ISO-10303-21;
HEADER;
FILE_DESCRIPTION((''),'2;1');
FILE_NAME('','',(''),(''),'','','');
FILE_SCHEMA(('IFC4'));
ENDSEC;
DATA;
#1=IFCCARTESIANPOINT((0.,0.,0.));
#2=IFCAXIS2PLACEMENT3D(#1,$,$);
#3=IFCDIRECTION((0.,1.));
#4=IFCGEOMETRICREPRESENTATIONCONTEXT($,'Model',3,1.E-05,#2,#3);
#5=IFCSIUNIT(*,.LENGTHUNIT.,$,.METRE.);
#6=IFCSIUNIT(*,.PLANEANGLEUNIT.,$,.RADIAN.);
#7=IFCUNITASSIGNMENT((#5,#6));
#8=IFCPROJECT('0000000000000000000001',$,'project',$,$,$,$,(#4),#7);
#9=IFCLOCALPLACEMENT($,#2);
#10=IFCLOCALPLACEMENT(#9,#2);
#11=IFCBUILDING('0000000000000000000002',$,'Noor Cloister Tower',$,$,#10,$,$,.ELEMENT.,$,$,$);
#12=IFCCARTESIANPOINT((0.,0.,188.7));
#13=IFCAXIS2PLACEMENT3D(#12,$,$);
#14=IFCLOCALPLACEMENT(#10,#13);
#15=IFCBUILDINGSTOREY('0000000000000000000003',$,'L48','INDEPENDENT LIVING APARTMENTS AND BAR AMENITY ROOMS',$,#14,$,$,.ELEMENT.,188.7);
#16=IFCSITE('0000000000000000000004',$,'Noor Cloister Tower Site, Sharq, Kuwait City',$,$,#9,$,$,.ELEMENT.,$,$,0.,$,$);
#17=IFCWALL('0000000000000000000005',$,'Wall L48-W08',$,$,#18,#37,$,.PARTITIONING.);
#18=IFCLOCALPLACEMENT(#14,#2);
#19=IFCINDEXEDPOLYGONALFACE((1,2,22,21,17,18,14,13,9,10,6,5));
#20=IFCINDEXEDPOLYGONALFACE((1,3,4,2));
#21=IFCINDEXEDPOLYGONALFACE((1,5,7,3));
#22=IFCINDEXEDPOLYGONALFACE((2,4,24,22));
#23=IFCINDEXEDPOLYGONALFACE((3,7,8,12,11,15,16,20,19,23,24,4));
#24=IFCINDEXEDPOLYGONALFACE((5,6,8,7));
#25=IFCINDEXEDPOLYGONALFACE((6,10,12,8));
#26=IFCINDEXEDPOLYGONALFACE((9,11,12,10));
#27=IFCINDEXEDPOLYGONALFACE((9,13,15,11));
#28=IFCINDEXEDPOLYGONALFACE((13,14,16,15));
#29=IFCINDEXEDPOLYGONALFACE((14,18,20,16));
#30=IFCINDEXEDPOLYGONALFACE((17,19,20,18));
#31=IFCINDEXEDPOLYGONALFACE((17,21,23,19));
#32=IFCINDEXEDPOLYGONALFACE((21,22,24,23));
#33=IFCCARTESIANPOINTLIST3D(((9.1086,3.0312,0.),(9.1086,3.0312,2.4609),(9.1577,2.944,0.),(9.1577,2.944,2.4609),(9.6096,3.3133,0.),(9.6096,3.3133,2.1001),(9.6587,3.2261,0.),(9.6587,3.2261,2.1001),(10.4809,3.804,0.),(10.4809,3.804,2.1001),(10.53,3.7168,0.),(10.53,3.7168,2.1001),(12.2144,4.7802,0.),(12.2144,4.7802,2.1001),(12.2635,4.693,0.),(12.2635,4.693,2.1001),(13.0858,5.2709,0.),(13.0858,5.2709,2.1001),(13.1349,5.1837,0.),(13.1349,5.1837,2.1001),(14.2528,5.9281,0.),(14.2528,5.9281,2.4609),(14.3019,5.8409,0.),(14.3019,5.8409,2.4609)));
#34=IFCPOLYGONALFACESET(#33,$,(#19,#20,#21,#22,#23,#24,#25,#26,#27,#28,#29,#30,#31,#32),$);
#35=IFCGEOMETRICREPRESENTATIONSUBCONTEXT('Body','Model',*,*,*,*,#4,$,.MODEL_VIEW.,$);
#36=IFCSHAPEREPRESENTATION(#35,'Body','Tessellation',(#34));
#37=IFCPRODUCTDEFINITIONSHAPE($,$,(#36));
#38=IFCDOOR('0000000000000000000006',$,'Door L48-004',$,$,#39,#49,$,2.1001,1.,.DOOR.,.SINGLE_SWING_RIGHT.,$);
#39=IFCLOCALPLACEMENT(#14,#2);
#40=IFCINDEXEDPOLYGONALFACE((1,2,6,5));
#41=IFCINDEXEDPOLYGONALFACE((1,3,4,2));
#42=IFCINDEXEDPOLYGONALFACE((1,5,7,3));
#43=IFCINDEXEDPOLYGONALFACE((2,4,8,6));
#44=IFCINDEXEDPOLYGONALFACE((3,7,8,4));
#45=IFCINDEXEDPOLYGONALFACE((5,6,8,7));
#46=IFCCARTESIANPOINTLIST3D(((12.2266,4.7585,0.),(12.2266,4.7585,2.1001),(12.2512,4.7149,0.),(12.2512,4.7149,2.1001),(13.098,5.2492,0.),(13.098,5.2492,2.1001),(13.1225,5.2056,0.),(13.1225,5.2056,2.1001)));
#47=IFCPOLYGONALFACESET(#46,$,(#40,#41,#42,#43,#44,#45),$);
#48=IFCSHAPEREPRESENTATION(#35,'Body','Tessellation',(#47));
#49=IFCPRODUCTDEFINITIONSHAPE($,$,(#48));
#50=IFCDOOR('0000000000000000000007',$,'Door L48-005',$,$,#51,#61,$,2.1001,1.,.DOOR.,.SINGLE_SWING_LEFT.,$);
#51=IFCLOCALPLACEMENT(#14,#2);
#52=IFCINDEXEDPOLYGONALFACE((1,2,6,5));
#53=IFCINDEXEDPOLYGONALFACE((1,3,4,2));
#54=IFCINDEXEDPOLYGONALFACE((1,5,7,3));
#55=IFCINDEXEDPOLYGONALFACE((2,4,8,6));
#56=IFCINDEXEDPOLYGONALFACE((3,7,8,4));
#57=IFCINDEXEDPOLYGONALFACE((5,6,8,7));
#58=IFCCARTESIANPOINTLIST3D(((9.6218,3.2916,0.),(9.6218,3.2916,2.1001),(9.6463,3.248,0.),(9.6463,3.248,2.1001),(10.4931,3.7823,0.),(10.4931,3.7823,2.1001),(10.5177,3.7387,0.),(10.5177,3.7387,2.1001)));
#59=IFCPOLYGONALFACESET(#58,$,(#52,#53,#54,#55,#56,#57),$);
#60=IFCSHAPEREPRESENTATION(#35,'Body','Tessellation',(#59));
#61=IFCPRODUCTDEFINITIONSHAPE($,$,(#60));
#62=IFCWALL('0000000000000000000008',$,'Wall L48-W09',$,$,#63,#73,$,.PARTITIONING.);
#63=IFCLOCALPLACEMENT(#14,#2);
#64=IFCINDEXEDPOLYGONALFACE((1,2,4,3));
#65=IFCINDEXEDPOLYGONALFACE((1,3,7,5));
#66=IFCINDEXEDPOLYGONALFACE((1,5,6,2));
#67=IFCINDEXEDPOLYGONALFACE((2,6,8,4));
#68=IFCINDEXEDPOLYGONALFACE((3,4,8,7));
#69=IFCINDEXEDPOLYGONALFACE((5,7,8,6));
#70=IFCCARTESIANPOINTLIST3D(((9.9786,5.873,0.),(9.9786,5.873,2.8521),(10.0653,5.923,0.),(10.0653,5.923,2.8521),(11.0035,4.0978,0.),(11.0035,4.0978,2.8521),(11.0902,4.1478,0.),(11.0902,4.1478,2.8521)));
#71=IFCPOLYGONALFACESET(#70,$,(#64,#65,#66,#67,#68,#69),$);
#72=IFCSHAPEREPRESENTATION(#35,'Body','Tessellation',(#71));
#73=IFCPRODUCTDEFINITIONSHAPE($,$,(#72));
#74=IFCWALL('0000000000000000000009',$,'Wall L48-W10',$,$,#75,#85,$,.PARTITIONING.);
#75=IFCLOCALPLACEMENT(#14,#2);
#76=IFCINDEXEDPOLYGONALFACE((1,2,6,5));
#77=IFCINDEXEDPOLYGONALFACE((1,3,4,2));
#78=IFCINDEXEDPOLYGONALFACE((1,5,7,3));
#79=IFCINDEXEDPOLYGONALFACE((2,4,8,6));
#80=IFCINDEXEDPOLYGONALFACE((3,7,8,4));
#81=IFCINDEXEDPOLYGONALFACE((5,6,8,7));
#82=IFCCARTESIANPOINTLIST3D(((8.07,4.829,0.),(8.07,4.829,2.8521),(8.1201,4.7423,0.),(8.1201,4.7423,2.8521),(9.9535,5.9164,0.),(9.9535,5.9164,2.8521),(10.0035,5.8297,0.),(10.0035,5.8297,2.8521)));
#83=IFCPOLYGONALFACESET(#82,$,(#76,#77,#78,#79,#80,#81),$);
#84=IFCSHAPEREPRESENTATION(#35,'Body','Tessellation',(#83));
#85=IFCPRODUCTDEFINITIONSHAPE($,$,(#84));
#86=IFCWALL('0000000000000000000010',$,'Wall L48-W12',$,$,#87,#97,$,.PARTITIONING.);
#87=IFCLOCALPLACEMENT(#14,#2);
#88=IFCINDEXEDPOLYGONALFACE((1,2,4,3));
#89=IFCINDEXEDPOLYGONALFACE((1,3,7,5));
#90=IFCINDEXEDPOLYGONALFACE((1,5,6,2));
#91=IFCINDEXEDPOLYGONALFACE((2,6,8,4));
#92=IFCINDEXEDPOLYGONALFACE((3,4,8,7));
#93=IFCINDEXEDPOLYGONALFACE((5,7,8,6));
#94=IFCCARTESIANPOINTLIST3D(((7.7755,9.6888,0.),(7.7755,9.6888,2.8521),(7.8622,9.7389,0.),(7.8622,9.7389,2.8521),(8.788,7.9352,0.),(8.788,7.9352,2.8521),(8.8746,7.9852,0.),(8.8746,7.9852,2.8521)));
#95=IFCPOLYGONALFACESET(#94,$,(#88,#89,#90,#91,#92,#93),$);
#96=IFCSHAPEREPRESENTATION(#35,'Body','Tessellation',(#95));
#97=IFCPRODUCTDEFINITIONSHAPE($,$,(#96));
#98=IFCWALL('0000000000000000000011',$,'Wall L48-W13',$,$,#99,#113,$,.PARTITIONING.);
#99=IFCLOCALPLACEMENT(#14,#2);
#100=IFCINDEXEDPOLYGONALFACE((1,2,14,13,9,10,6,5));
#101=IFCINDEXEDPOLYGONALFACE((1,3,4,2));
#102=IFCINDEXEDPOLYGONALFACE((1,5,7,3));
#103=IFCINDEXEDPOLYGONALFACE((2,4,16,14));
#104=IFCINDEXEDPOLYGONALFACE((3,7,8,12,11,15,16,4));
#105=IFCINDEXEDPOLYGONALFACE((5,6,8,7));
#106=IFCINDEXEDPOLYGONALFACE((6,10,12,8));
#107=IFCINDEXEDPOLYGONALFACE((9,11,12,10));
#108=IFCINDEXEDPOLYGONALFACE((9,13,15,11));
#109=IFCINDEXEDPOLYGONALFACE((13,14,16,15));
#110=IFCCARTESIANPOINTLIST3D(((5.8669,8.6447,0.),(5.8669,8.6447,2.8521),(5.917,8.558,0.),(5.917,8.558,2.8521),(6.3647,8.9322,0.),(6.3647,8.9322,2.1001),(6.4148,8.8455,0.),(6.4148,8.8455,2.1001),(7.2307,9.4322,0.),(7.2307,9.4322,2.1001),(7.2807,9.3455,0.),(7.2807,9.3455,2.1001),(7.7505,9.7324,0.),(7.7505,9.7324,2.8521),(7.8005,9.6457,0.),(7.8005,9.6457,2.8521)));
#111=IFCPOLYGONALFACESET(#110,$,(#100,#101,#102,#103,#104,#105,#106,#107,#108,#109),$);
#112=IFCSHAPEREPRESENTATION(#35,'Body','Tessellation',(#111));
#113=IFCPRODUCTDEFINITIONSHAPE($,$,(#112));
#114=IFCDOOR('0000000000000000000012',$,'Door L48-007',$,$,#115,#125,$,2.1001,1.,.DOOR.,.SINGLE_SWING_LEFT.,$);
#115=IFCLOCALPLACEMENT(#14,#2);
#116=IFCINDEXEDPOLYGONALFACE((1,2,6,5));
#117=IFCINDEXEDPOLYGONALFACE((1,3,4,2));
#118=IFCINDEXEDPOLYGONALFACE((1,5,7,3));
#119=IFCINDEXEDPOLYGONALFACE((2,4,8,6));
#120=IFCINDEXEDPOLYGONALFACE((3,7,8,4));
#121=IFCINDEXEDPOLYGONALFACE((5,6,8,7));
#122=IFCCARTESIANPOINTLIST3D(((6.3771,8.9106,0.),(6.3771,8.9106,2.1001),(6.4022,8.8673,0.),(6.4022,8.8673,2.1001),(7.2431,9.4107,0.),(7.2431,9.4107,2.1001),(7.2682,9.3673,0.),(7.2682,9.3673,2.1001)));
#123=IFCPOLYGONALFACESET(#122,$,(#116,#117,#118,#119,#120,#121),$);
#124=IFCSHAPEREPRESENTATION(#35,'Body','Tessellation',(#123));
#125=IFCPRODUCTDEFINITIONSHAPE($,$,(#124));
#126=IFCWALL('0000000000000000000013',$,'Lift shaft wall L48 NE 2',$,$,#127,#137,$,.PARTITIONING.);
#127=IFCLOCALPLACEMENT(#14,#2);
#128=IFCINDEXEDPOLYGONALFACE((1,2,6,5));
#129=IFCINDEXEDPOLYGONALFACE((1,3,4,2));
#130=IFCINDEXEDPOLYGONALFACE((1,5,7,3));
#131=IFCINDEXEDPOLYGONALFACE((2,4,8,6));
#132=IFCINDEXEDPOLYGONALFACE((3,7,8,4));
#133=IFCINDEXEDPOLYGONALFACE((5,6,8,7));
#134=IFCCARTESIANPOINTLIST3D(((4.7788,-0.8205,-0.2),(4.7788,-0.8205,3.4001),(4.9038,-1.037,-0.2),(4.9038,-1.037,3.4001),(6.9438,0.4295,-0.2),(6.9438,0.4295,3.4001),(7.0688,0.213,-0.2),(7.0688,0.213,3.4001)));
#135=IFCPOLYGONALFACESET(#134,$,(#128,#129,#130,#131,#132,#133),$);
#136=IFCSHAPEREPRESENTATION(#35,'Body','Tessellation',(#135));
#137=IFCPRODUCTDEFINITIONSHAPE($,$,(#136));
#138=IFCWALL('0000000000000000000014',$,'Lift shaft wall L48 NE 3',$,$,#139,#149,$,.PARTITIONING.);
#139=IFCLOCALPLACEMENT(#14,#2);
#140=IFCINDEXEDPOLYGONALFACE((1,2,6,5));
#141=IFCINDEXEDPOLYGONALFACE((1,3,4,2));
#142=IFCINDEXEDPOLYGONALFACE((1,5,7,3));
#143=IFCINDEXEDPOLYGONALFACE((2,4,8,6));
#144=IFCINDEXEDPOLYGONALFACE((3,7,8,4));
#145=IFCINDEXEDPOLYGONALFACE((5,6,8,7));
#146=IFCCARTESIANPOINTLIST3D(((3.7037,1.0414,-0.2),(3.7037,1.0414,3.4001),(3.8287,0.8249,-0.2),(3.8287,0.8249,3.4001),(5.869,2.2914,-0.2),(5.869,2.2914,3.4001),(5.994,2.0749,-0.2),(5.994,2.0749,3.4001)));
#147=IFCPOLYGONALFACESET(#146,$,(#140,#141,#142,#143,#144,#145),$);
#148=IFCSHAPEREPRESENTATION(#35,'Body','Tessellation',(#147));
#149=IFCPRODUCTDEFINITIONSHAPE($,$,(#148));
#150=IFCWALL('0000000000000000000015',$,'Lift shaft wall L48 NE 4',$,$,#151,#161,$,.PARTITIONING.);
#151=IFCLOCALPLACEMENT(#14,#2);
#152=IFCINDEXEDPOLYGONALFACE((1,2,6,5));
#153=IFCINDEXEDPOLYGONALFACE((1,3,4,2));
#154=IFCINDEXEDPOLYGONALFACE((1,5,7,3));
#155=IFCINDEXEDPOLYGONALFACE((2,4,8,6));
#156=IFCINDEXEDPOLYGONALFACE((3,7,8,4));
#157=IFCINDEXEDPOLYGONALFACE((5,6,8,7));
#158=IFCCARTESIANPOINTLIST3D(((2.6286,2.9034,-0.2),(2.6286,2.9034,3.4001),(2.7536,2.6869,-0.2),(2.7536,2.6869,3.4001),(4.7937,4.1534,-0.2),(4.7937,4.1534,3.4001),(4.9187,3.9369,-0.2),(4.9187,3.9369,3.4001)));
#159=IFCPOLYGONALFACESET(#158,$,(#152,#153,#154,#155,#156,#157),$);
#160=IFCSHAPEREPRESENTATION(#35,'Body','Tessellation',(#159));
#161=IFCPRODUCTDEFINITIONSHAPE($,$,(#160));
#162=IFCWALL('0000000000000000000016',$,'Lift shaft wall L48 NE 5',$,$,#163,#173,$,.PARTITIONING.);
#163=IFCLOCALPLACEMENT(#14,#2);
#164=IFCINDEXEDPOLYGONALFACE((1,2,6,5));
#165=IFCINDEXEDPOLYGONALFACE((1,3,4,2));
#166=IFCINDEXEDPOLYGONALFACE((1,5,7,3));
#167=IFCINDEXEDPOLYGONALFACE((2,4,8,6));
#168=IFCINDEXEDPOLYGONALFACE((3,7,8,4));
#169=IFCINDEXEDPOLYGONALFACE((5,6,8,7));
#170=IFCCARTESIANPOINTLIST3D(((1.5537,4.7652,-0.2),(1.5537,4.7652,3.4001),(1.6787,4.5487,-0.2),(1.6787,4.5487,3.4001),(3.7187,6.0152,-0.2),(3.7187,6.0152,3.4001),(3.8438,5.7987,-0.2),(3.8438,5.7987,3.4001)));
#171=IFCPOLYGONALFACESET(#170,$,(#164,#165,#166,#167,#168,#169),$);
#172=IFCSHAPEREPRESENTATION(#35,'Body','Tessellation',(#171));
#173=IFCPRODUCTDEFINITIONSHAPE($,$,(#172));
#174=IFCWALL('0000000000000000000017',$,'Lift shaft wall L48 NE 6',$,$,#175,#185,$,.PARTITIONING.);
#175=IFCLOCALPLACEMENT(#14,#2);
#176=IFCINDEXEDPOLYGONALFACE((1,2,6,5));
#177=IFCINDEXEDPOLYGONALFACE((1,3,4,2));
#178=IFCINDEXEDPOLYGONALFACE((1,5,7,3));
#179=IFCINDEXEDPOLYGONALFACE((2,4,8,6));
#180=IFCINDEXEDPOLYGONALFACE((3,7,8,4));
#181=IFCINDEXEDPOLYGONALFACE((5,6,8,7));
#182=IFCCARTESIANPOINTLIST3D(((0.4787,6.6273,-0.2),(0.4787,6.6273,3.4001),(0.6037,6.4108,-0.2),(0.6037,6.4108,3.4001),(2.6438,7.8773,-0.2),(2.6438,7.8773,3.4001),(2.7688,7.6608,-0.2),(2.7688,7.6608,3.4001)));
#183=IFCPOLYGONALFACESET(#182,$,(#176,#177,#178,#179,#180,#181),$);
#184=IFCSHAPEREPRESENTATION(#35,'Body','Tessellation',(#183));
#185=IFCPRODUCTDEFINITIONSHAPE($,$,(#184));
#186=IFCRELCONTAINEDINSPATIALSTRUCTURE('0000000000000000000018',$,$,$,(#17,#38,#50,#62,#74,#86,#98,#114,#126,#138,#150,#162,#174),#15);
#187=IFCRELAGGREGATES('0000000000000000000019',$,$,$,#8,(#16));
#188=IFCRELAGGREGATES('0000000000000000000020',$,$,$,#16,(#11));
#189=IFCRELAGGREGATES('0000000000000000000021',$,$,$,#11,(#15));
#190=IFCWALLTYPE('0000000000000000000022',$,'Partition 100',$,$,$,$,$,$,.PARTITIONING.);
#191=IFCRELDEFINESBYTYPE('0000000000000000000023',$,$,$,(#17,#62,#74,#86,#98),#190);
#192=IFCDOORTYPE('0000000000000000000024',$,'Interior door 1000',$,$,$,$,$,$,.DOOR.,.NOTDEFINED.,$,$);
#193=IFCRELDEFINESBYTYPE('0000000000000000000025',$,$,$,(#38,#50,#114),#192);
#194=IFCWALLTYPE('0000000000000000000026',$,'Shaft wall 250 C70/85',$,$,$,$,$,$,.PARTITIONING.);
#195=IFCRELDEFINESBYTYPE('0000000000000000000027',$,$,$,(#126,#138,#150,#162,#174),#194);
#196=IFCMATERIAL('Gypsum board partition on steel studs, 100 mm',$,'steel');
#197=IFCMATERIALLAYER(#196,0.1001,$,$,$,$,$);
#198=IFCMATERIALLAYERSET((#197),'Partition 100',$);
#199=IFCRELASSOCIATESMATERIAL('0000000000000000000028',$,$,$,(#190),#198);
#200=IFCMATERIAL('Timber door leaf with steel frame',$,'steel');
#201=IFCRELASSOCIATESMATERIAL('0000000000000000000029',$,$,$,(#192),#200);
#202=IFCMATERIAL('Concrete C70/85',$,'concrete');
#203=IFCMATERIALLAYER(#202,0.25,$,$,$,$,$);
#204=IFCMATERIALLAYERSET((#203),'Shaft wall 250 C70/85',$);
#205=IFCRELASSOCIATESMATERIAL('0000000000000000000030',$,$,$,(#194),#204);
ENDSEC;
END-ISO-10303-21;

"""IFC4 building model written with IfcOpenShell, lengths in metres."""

from ifc_helpers import new_model, si_unit, direction, frame, frame_2d, origin, place, context, subcontext, project, spatial, rectangle, extrude, material, layer, layer_set, type_object, element, fill, save


model = new_model("IFC4")

# Units and contexts
model_context = context("Model", 3, precision=1e-05, world=origin(), true_north=direction((0.0, 1.0)))
body_context = subcontext(model_context, "Body", "Model", "MODEL_VIEW")
ifc_project = project(units=[si_unit("LENGTHUNIT", "METRE"), si_unit("PLANEANGLEUNIT", "RADIAN")], contexts=[model_context])

# Site, building, storey
site_placement = place(None, origin())
site = spatial("IfcSite", under=ifc_project, at=site_placement, Name="Noor Cloister Tower Site, Sharq, Kuwait City", CompositionType="ELEMENT", RefElevation=0.0)
building_placement = place(site_placement, origin())
building = spatial("IfcBuilding", under=site, at=building_placement, Name="Noor Cloister Tower", CompositionType="ELEMENT")
storey_placement = place(building_placement, frame((0.0, 0.0, 188.7)))
storey = spatial("IfcBuildingStorey", under=building, at=storey_placement, Name="L48", Description="INDEPENDENT LIVING APARTMENTS AND BAR AMENITY ROOMS", CompositionType="ELEMENT", Elevation=188.7)

# Wall, openings, doors
ifc_material_1 = material(Name="Gypsum board partition on steel studs, 100 mm", Category="steel")
ifc_layer_1 = layer(ifc_material_1, 0.1001)
ifc_layer_set_1 = layer_set([ifc_layer_1], Name="Partition 100")
wall_type_1 = type_object("IfcWallType", Name="Partition 100", PredefinedType="PARTITIONING", material=ifc_layer_set_1)
wall_1_placement = place(storey_placement, frame((14.2773, 5.8845, 0.0), z_axis=(0.0, 0.0, 1.0), x_axis=(-0.871336, -0.490687, 0.0)))
wall_1 = element("IfcWall", 1, at=wall_1_placement, inside=storey, type_object=wall_type_1, Name="Wall L48-W08", PredefinedType="PARTITIONING", context=body_context, shape_type="SweptSolid", body=[
    extrude(rectangle(XDim=5.9038, YDim=0.1001, at=frame_2d((2.9519, 0.0))), origin(), (0.0, 0.0, 1.0), 2.4609),
])
opening_1_placement = place(wall_1_placement, frame((1.3394, 0.0, 0.0)))
opening_1 = element("IfcOpeningElement", 2, at=opening_1_placement, cuts=wall_1, PredefinedType="OPENING", context=body_context, shape_type="SweptSolid", body=[
    extrude(rectangle(XDim=1.0, YDim=2.1001, at=frame_2d((0.5, 1.05))), frame((0.0, 0.0601, 0.0), z_axis=(0.0, -1.0, 0.0), x_axis=(1.0, 0.0, 0.0)), (0.0, 0.0, 1.0), 0.1201),
])
opening_2_placement = place(wall_1_placement, frame((4.3289, 0.0, 0.0)))
opening_2 = element("IfcOpeningElement", 3, at=opening_2_placement, cuts=wall_1, PredefinedType="OPENING", context=body_context, shape_type="SweptSolid", body=[
    extrude(rectangle(XDim=1.0, YDim=2.1001, at=frame_2d((0.5, 1.05))), frame((0.0, 0.0601, 0.0), z_axis=(0.0, -1.0, 0.0), x_axis=(1.0, 0.0, 0.0)), (0.0, 0.0, 1.0), 0.1201),
])
ifc_material_2 = material(Name="Timber door leaf with steel frame", Category="steel")
door_type_1 = type_object("IfcDoorType", Name="Interior door 1000", OperationType="NOTDEFINED", PredefinedType="DOOR", material=ifc_material_2)
door_1_placement = place(opening_1_placement, origin())
door_1 = element("IfcDoor", 4, at=door_1_placement, inside=storey, type_object=door_type_1, Name="Door L48-004", OperationType="SINGLE_SWING_RIGHT", OverallHeight=2.1001, OverallWidth=1.0, PredefinedType="DOOR", context=body_context, shape_type="SweptSolid", body=[
    extrude(rectangle(XDim=1.0, YDim=2.1001, at=frame_2d((0.5, 1.05))), frame((0.0, 0.0249, 0.0), z_axis=(0.0, -1.0, 0.0), x_axis=(1.0, 0.0, 0.0)), (0.0, 0.0, 1.0), 0.05),
])
fill(opening_1, door_1)
door_2_placement = place(opening_2_placement, origin())
door_2 = element("IfcDoor", 5, at=door_2_placement, inside=storey, type_object=door_type_1, Name="Door L48-005", OperationType="SINGLE_SWING_LEFT", OverallHeight=2.1001, OverallWidth=1.0, PredefinedType="DOOR", context=body_context, shape_type="SweptSolid", body=[
    extrude(rectangle(XDim=1.0, YDim=2.1001, at=frame_2d((0.5, 1.05))), frame((0.0, 0.0249, 0.0), z_axis=(0.0, -1.0, 0.0), x_axis=(1.0, 0.0, 0.0)), (0.0, 0.0, 1.0), 0.05),
])
fill(opening_2, door_2)

# Walls
wall_2_placement = place(storey_placement, frame((11.0469, 4.1228, 0.0), z_axis=(0.0, 0.0, 1.0), x_axis=(-0.500008, 0.866021, 0.0)))
element("IfcWall", 6, at=wall_2_placement, inside=storey, type_object=wall_type_1, Name="Wall L48-W09", PredefinedType="PARTITIONING", context=body_context, shape_type="SweptSolid", body=[
    extrude(rectangle(XDim=2.0498, YDim=0.1001, at=frame_2d((1.0249, 0.0))), origin(), (0.0, 0.0, 1.0), 2.8521),
])
wall_3_placement = place(storey_placement, frame((9.9785, 5.873, 0.0), z_axis=(0.0, 0.0, 1.0), x_axis=(-0.866038, -0.499978, 0.0)))
element("IfcWall", 7, at=wall_3_placement, inside=storey, type_object=wall_type_1, Name="Wall L48-W10", PredefinedType="PARTITIONING", context=body_context, shape_type="SweptSolid", body=[
    extrude(rectangle(XDim=2.1748, YDim=0.1001, at=frame_2d((1.0874, 0.0))), origin(), (0.0, 0.0, 1.0), 2.8521),
])
wall_4_placement = place(storey_placement, frame((8.8313, 7.9602, 0.0), z_axis=(0.0, 0.0, 1.0), x_axis=(-0.49999, 0.866031, 0.0)))
element("IfcWall", 8, at=wall_4_placement, inside=storey, type_object=wall_type_1, Name="Wall L48-W12", PredefinedType="PARTITIONING", context=body_context, shape_type="SweptSolid", body=[
    extrude(rectangle(XDim=2.0249, YDim=0.1001, at=frame_2d((1.0125, 0.0))), origin(), (0.0, 0.0, 1.0), 2.8521),
])

# Wall, opening, door
wall_5_placement = place(storey_placement, frame((7.7754, 9.689, 0.0), z_axis=(0.0, 0.0, 1.0), x_axis=(-0.865989, -0.500063, 0.0)))
wall_5 = element("IfcWall", 9, at=wall_5_placement, inside=storey, type_object=wall_type_1, Name="Wall L48-W13", PredefinedType="PARTITIONING", context=body_context, shape_type="SweptSolid", body=[
    extrude(rectangle(XDim=2.175, YDim=0.1001, at=frame_2d((1.0874, 0.0))), origin(), (0.0, 0.0, 1.0), 2.8521),
])
opening_3_placement = place(wall_5_placement, frame((0.6001, 0.0, 0.0)))
opening_3 = element("IfcOpeningElement", 10, at=opening_3_placement, cuts=wall_5, PredefinedType="OPENING", context=body_context, shape_type="SweptSolid", body=[
    extrude(rectangle(XDim=1.0, YDim=2.1001, at=frame_2d((0.5, 1.05))), frame((0.0, 0.0601, 0.0), z_axis=(0.0, -1.0, 0.0), x_axis=(1.0, 0.0, 0.0)), (0.0, 0.0, 1.0), 0.1201),
])
door_3_placement = place(opening_3_placement, origin())
door_3 = element("IfcDoor", 11, at=door_3_placement, inside=storey, type_object=door_type_1, Name="Door L48-007", OperationType="SINGLE_SWING_LEFT", OverallHeight=2.1001, OverallWidth=1.0, PredefinedType="DOOR", context=body_context, shape_type="SweptSolid", body=[
    extrude(rectangle(XDim=1.0, YDim=2.1001, at=frame_2d((0.5, 1.05))), frame((0.0, 0.0249, 0.0), z_axis=(0.0, -1.0, 0.0), x_axis=(1.0, 0.0, 0.0)), (0.0, 0.0, 1.0), 0.05),
])
fill(opening_3, door_3)

# Walls
ifc_material_3 = material(Name="Concrete C70/85", Category="concrete")
ifc_layer_2 = layer(ifc_material_3, 0.25)
ifc_layer_set_2 = layer_set([ifc_layer_2], Name="Shaft wall 250 C70/85")
wall_type_2 = type_object("IfcWallType", Name="Shaft wall 250 C70/85", PredefinedType="PARTITIONING", material=ifc_layer_set_2)
wall_6_placement = place(storey_placement, frame((7.0063, 0.3213, -0.2), z_axis=(0.0, 0.0, 1.0), x_axis=(-0.866023, -0.500004, 0.0)))
element("IfcWall", 12, at=wall_6_placement, inside=storey, type_object=wall_type_2, Name="Lift shaft wall L48 NE 2", PredefinedType="PARTITIONING", context=body_context, shape_type="SweptSolid", body=[
    extrude(rectangle(XDim=2.5, YDim=0.25, at=frame_2d((1.25, 0.0))), origin(), (0.0, 0.0, 1.0), 3.6001),
])
wall_7_placement = place(storey_placement, frame((5.9314, 2.1831, -0.2), z_axis=(0.0, 0.0, 1.0), x_axis=(-0.866047, -0.499962, 0.0)))
element("IfcWall", 13, at=wall_7_placement, inside=storey, type_object=wall_type_2, Name="Lift shaft wall L48 NE 3", PredefinedType="PARTITIONING", context=body_context, shape_type="SweptSolid", body=[
    extrude(rectangle(XDim=2.5002, YDim=0.25, at=frame_2d((1.25, 0.0))), origin(), (0.0, 0.0, 1.0), 3.6001),
])
for number, where, z_axis, x_axis, name in (
    (14, (4.8562, 4.0452, -0.2), (0.0, 0.0, 1.0), (-0.866023, -0.500004, 0.0), "Lift shaft wall L48 NE 4"),
    (15, (3.7812, 5.907, -0.2), (0.0, 0.0, 1.0), (-0.866023, -0.500004, 0.0), "Lift shaft wall L48 NE 5"),
    (16, (2.7063, 7.769, -0.2), (0.0, 0.0, 1.0), (-0.866023, -0.500004, 0.0), "Lift shaft wall L48 NE 6"),
):
    element("IfcWall", number, at=place(storey_placement, frame(where, z_axis=z_axis, x_axis=x_axis)), inside=storey, type_object=wall_type_2, Name=name, PredefinedType="PARTITIONING", context=body_context, shape_type="SweptSolid", body=[
        extrude(rectangle(XDim=2.5, YDim=0.25, at=frame_2d((1.25, 0.0))), origin(), (0.0, 0.0, 1.0), 3.6001),
    ])

save(model, "model.ifc")
